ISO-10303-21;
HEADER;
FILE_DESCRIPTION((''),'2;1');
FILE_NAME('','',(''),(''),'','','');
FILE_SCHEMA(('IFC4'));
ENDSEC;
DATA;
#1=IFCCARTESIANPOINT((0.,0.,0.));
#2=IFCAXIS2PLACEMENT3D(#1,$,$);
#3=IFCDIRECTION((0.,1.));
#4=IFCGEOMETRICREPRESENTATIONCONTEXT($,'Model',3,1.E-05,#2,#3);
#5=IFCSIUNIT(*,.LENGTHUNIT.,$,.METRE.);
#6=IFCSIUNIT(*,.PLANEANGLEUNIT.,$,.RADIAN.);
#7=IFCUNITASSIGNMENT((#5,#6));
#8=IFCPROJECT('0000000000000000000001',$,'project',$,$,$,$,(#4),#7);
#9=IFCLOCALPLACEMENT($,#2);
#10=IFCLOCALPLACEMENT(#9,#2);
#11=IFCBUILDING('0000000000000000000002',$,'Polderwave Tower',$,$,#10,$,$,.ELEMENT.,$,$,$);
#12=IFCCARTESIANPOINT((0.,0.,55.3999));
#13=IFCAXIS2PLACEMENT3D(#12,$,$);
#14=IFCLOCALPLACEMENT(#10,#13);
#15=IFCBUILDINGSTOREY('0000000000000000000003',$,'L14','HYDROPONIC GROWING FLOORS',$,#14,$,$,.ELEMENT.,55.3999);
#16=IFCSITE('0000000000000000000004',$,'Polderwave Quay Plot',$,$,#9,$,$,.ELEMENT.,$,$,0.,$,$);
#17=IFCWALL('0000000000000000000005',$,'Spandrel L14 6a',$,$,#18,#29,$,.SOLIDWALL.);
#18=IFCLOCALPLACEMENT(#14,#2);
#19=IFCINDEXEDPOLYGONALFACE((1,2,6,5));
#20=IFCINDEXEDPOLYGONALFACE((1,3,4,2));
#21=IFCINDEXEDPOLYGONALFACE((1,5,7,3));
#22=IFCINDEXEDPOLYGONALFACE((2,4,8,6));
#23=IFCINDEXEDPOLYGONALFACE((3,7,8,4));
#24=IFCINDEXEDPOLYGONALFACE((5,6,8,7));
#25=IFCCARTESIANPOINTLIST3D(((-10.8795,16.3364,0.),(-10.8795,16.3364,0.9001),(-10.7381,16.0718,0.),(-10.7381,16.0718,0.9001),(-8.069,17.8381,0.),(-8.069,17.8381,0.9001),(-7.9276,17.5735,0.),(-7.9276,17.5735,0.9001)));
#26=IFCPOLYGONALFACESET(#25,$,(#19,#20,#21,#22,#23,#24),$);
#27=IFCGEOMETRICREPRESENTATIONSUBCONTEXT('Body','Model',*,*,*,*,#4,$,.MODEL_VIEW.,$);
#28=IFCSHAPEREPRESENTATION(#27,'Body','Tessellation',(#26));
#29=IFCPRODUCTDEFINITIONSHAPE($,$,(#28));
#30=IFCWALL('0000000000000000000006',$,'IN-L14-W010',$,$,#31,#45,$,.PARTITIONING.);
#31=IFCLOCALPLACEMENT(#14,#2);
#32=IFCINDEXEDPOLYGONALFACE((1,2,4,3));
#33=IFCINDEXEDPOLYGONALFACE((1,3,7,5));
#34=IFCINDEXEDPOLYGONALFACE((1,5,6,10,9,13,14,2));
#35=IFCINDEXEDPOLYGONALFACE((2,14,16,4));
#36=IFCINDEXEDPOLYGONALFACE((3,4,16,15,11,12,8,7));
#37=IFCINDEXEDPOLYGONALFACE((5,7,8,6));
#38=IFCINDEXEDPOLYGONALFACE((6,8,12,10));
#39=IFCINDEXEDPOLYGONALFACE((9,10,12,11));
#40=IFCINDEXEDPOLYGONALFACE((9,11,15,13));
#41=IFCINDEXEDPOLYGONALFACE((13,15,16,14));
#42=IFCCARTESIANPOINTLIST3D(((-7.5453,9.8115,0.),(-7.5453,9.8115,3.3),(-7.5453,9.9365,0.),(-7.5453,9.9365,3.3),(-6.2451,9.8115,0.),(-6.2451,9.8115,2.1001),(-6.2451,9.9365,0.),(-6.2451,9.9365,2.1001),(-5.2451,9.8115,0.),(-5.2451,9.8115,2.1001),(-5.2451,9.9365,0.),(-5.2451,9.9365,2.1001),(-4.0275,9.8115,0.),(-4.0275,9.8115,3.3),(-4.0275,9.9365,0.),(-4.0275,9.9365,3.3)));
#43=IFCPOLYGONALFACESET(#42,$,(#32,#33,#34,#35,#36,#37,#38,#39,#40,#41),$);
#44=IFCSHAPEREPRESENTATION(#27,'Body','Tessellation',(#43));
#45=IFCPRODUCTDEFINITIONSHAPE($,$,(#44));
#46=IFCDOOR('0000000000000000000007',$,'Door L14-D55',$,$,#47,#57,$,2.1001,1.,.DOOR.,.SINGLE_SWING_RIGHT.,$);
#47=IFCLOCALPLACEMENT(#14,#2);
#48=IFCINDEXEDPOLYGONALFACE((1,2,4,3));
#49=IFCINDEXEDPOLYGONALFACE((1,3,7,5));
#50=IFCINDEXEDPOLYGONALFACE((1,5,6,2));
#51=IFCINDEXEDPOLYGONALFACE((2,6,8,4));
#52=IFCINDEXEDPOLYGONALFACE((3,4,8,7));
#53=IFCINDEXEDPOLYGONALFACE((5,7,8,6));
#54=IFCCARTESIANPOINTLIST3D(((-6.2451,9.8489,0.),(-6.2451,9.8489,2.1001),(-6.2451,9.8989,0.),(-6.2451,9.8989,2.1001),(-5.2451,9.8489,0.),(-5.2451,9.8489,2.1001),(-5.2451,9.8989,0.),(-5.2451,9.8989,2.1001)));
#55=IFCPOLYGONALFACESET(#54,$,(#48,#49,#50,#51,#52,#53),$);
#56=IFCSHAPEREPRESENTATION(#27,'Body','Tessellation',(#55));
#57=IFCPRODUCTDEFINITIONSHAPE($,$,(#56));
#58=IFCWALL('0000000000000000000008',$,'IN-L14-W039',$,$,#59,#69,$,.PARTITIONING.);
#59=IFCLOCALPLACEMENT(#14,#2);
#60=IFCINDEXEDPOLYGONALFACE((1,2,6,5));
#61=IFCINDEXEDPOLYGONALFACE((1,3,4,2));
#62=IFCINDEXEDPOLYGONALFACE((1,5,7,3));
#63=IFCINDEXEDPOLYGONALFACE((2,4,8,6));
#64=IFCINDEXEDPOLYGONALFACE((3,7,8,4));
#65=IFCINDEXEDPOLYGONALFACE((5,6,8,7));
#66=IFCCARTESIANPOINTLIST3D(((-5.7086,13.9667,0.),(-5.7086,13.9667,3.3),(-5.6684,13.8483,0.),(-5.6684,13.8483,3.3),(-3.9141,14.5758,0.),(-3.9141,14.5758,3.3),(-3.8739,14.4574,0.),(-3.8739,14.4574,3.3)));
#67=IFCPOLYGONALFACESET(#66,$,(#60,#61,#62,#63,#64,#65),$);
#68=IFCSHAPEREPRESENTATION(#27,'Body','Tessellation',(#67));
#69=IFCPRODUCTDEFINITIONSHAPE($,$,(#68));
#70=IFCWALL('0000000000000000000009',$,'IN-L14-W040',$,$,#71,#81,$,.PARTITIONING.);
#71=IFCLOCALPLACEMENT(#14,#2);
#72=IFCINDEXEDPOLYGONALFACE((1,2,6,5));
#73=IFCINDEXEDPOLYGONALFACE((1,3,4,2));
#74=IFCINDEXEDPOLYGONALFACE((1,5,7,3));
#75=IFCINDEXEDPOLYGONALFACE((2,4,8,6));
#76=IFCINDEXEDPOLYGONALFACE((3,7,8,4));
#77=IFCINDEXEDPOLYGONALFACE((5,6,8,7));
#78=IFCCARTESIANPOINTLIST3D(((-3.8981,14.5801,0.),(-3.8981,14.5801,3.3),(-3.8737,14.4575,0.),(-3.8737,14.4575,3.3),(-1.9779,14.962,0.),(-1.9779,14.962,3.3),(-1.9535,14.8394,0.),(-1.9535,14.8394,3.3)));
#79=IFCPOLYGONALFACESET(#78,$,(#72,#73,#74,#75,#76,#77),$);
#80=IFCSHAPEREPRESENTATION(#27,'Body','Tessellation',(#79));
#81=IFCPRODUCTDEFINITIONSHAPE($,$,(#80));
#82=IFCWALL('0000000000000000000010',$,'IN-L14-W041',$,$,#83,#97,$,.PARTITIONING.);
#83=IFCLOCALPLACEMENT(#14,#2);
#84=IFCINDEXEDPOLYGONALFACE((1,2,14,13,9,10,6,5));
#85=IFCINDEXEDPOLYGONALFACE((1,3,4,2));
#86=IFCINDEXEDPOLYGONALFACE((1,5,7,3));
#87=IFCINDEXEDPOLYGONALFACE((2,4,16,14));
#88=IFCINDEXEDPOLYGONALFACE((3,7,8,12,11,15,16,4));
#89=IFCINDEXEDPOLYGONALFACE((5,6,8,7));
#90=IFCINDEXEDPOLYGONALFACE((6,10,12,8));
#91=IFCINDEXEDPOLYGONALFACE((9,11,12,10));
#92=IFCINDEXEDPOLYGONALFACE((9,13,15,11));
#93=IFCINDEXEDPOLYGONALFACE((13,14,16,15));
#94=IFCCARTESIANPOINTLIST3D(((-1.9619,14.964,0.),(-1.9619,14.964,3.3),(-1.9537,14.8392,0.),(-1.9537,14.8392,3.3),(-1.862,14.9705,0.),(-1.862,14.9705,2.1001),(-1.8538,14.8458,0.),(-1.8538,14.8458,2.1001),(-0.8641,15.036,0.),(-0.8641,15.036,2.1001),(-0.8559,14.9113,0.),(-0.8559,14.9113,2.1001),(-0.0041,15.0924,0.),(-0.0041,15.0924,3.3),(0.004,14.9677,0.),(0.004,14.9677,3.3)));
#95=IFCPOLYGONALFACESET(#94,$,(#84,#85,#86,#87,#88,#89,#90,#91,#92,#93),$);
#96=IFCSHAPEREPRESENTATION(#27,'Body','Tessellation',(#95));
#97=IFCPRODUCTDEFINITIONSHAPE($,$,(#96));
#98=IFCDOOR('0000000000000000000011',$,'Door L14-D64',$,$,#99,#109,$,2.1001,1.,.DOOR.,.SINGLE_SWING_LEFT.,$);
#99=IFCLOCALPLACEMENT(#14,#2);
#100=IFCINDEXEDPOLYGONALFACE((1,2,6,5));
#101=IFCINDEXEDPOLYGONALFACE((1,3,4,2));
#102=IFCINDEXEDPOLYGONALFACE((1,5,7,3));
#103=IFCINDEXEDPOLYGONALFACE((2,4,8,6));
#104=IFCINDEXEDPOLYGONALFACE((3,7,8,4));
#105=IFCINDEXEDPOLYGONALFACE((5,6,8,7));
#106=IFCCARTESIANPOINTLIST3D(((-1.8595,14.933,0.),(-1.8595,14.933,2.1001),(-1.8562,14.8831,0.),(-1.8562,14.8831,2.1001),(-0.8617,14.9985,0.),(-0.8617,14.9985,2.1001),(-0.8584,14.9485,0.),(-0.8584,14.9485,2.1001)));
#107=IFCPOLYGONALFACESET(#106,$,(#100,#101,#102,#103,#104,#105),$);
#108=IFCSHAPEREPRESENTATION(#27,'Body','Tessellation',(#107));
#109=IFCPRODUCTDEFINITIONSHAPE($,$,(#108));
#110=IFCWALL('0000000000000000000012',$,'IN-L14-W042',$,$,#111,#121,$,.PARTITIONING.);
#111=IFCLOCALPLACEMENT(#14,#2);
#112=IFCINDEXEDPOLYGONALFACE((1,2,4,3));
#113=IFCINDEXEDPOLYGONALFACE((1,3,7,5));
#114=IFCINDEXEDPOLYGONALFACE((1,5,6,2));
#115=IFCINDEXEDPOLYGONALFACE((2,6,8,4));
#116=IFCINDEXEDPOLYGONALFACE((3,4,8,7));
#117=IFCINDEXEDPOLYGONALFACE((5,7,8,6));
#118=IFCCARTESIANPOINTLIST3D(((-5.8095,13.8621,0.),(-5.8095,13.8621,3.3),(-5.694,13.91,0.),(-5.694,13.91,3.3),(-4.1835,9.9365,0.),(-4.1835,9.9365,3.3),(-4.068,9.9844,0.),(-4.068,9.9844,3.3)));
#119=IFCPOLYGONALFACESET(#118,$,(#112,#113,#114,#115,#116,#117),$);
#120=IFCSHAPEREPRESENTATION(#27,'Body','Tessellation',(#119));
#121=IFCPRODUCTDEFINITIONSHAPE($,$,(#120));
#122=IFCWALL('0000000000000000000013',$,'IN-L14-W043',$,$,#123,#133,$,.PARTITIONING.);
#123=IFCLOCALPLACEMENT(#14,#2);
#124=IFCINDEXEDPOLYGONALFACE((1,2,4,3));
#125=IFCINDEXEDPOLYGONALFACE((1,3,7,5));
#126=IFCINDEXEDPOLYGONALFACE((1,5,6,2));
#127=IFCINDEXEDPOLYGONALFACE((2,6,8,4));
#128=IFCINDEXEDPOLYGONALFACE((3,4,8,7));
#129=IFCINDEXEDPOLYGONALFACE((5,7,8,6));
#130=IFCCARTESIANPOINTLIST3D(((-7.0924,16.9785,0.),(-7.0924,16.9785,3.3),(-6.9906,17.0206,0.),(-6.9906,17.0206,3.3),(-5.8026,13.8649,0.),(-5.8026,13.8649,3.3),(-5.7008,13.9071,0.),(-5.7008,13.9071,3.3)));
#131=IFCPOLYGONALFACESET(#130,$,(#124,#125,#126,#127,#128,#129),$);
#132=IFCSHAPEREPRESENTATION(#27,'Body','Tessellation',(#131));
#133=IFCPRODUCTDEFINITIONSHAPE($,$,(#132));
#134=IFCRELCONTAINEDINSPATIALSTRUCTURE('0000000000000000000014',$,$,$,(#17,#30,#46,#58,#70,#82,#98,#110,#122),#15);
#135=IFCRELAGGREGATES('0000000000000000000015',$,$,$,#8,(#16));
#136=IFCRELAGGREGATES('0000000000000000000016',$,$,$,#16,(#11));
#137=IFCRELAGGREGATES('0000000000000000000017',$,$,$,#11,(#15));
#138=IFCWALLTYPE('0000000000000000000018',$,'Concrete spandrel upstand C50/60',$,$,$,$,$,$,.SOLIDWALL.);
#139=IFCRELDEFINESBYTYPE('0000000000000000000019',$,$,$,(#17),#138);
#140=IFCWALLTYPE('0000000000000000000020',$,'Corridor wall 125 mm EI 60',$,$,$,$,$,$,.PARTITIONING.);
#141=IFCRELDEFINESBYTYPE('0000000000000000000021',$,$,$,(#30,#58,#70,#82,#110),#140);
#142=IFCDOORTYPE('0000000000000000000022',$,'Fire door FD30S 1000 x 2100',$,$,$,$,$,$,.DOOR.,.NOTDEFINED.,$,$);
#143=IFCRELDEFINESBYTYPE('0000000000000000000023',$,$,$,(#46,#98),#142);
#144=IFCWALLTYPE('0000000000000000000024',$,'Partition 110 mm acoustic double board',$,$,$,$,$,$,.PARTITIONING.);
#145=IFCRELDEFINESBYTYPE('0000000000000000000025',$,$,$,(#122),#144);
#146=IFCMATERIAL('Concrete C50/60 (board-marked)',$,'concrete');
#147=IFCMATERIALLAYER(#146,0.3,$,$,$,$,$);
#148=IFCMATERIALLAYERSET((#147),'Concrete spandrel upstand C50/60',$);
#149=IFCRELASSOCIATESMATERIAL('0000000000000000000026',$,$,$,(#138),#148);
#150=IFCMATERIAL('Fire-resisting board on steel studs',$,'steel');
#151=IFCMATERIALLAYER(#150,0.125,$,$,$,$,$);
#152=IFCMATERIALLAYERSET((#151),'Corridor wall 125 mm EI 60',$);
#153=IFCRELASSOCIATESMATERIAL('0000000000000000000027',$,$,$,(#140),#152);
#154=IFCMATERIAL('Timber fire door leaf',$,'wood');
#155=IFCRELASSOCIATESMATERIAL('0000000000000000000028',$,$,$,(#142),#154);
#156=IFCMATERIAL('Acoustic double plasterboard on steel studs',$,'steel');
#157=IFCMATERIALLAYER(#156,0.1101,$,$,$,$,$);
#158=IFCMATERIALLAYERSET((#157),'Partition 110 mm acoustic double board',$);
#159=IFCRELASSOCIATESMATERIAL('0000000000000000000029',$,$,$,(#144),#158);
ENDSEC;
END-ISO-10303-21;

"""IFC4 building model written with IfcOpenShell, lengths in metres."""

from ifc_helpers import new_model, si_unit, direction, frame, frame_2d, origin, place, context, subcontext, project, spatial, rectangle, extrude, material, layer, layer_set, type_object, element, fill, save


model = new_model("IFC4")

# Units and contexts
model_context = context("Model", 3, precision=1e-05, world=origin(), true_north=direction((0.0, 1.0)))
body_context = subcontext(model_context, "Body", "Model", "MODEL_VIEW")
ifc_project = project(units=[si_unit("LENGTHUNIT", "METRE"), si_unit("PLANEANGLEUNIT", "RADIAN")], contexts=[model_context])

# Site, building, storey
site_placement = place(None, origin())
site = spatial("IfcSite", under=ifc_project, at=site_placement, Name="Polderwave Quay Plot", CompositionType="ELEMENT", RefElevation=0.0)
building_placement = place(site_placement, origin())
building = spatial("IfcBuilding", under=site, at=building_placement, Name="Polderwave Tower", CompositionType="ELEMENT")
storey_placement = place(building_placement, frame((0.0, 0.0, 55.3999)))
storey = spatial("IfcBuildingStorey", under=building, at=storey_placement, Name="L14", Description="HYDROPONIC GROWING FLOORS", CompositionType="ELEMENT", Elevation=55.3999)

# Wall
ifc_material_1 = material(Name="Concrete C50/60 (board-marked)", Category="concrete")
ifc_layer_1 = layer(ifc_material_1, 0.3)
ifc_layer_set_1 = layer_set([ifc_layer_1], Name="Concrete spandrel upstand C50/60")
wall_type_1 = type_object("IfcWallType", Name="Concrete spandrel upstand C50/60", PredefinedType="SOLIDWALL", material=ifc_layer_set_1)
wall_1_placement = place(storey_placement, frame((-7.9983, 17.7058, 0.0), z_axis=(0.0, 0.0, 1.0), x_axis=(-0.881994, -0.47126, 0.0)))
element("IfcWall", 1, at=wall_1_placement, inside=storey, type_object=wall_type_1, Name="Spandrel L14 6a", PredefinedType="SOLIDWALL", context=body_context, shape_type="SweptSolid", body=[
    extrude(rectangle(XDim=3.1865, YDim=0.3, at=frame_2d((1.5933, 0.0))), origin(), (0.0, 0.0, 1.0), 0.9001),
])

# Wall, opening, door
ifc_material_2 = material(Name="Fire-resisting board on steel studs", Category="steel")
ifc_layer_2 = layer(ifc_material_2, 0.125)
ifc_layer_set_2 = layer_set([ifc_layer_2], Name="Corridor wall 125 mm EI 60")
wall_type_2 = type_object("IfcWallType", Name="Corridor wall 125 mm EI 60", PredefinedType="PARTITIONING", material=ifc_layer_set_2)
wall_2_placement = place(storey_placement, frame((-7.5452, 9.874, 0.0), z_axis=(0.0, 0.0, 1.0), x_axis=(1.0, 0.0, 0.0)))
wall_2 = element("IfcWall", 2, at=wall_2_placement, inside=storey, type_object=wall_type_2, Name="IN-L14-W010", PredefinedType="PARTITIONING", context=body_context, shape_type="SweptSolid", body=[
    extrude(rectangle(XDim=3.5178, YDim=0.125, at=frame_2d((1.7588, 0.0))), origin(), (0.0, 0.0, 1.0), 3.3),
])
opening_1_placement = place(wall_2_placement, frame((1.3, 0.0, 0.0)))
opening_1 = element("IfcOpeningElement", 3, at=opening_1_placement, cuts=wall_2, PredefinedType="OPENING", context=body_context, shape_type="SweptSolid", body=[
    extrude(rectangle(XDim=1.0, YDim=2.1001, at=frame_2d((0.5, 1.05))), frame((0.0, 0.0725, 0.0), z_axis=(0.0, -1.0, 0.0), x_axis=(1.0, 0.0, 0.0)), (0.0, 0.0, 1.0), 0.145),
])
ifc_material_3 = material(Name="Timber fire door leaf", Category="wood")
door_type = type_object("IfcDoorType", Name="Fire door FD30S 1000 x 2100", OperationType="NOTDEFINED", PredefinedType="DOOR", material=ifc_material_3)
door_1_placement = place(opening_1_placement, origin())
door_1 = element("IfcDoor", 4, at=door_1_placement, inside=storey, type_object=door_type, Name="Door L14-D55", OperationType="SINGLE_SWING_RIGHT", OverallHeight=2.1001, OverallWidth=1.0, PredefinedType="DOOR", context=body_context, shape_type="SweptSolid", body=[
    extrude(rectangle(XDim=1.0, YDim=2.1001, at=frame_2d((0.5, 1.05))), frame((0.0, 0.0249, 0.0), z_axis=(0.0, -1.0, 0.0), x_axis=(1.0, 0.0, 0.0)), (0.0, 0.0, 1.0), 0.05),
])
fill(opening_1, door_1)

# Walls
wall_3_placement = place(storey_placement, frame((-5.6885, 13.9075, 0.0), z_axis=(0.0, 0.0, 1.0), x_axis=(0.94693, 0.321441, 0.0)))
element("IfcWall", 5, at=wall_3_placement, inside=storey, type_object=wall_type_2, Name="IN-L14-W039", PredefinedType="PARTITIONING", context=body_context, shape_type="SweptSolid", body=[
    extrude(rectangle(XDim=1.895, YDim=0.125, at=frame_2d((0.9475, 0.0))), origin(), (0.0, 0.0, 1.0), 3.3),
])
wall_4_placement = place(storey_placement, frame((-3.886, 14.5188, 0.0), z_axis=(0.0, 0.0, 1.0), x_axis=(0.980796, 0.195037, 0.0)))
element("IfcWall", 6, at=wall_4_placement, inside=storey, type_object=wall_type_2, Name="IN-L14-W040", PredefinedType="PARTITIONING", context=body_context, shape_type="SweptSolid", body=[
    extrude(rectangle(XDim=1.9578, YDim=0.125, at=frame_2d((0.979, 0.0))), origin(), (0.0, 0.0, 1.0), 3.3),
])

# Wall, opening, door
wall_5_placement = place(storey_placement, frame((-1.9578, 14.9016, 0.0), z_axis=(0.0, 0.0, 1.0), x_axis=(0.997856, 0.065454, 0.0)))
wall_5 = element("IfcWall", 7, at=wall_5_placement, inside=storey, type_object=wall_type_2, Name="IN-L14-W041", PredefinedType="PARTITIONING", context=body_context, shape_type="SweptSolid", body=[
    extrude(rectangle(XDim=1.9619, YDim=0.125, at=frame_2d((0.981, 0.0))), origin(), (0.0, 0.0, 1.0), 3.3),
])
opening_2_placement = place(wall_5_placement, frame((0.1001, 0.0, 0.0)))
opening_2 = element("IfcOpeningElement", 8, at=opening_2_placement, cuts=wall_5, PredefinedType="OPENING", context=body_context, shape_type="SweptSolid", body=[
    extrude(rectangle(XDim=1.0, YDim=2.1001, at=frame_2d((0.5, 1.05))), frame((0.0, 0.0725, 0.0), z_axis=(0.0, -1.0, 0.0), x_axis=(1.0, 0.0, 0.0)), (0.0, 0.0, 1.0), 0.145),
])
door_2_placement = place(opening_2_placement, origin())
door_2 = element("IfcDoor", 9, at=door_2_placement, inside=storey, type_object=door_type, Name="Door L14-D64", OperationType="SINGLE_SWING_LEFT", OverallHeight=2.1001, OverallWidth=1.0, PredefinedType="DOOR", context=body_context, shape_type="SweptSolid", body=[
    extrude(rectangle(XDim=1.0, YDim=2.1001, at=frame_2d((0.5, 1.05))), frame((0.0, 0.0249, 0.0), z_axis=(0.0, -1.0, 0.0), x_axis=(1.0, 0.0, 0.0)), (0.0, 0.0, 1.0), 0.05),
])
fill(opening_2, door_2)

# Walls
wall_6_placement = place(storey_placement, frame((-4.1257, 9.9604, 0.0), z_axis=(0.0, 0.0, 1.0), x_axis=(-0.382677, 0.923882, 0.0)))
element("IfcWall", 10, at=wall_6_placement, inside=storey, type_object=wall_type_2, Name="IN-L14-W042", PredefinedType="PARTITIONING", context=body_context, shape_type="SweptSolid", body=[
    extrude(rectangle(XDim=4.249, YDim=0.125, at=frame_2d((2.1245, 0.0))), origin(), (0.0, 0.0, 1.0), 3.3),
])
ifc_material_4 = material(Name="Acoustic double plasterboard on steel studs", Category="steel")
ifc_layer_3 = layer(ifc_material_4, 0.1101)
ifc_layer_set_3 = layer_set([ifc_layer_3], Name="Partition 110 mm acoustic double board")
wall_type_3 = type_object("IfcWallType", Name="Partition 110 mm acoustic double board", PredefinedType="PARTITIONING", material=ifc_layer_set_3)
wall_7_placement = place(storey_placement, frame((-5.7517, 13.886, 0.0), z_axis=(0.0, 0.0, 1.0), x_axis=(-0.382716, 0.923866, 0.0)))
element("IfcWall", 11, at=wall_7_placement, inside=storey, type_object=wall_type_3, Name="IN-L14-W043", PredefinedType="PARTITIONING", context=body_context, shape_type="SweptSolid", body=[
    extrude(rectangle(XDim=3.3701, YDim=0.1101, at=frame_2d((1.6851, 0.0))), origin(), (0.0, 0.0, 1.0), 3.3),
])

save(model, "model.ifc")
